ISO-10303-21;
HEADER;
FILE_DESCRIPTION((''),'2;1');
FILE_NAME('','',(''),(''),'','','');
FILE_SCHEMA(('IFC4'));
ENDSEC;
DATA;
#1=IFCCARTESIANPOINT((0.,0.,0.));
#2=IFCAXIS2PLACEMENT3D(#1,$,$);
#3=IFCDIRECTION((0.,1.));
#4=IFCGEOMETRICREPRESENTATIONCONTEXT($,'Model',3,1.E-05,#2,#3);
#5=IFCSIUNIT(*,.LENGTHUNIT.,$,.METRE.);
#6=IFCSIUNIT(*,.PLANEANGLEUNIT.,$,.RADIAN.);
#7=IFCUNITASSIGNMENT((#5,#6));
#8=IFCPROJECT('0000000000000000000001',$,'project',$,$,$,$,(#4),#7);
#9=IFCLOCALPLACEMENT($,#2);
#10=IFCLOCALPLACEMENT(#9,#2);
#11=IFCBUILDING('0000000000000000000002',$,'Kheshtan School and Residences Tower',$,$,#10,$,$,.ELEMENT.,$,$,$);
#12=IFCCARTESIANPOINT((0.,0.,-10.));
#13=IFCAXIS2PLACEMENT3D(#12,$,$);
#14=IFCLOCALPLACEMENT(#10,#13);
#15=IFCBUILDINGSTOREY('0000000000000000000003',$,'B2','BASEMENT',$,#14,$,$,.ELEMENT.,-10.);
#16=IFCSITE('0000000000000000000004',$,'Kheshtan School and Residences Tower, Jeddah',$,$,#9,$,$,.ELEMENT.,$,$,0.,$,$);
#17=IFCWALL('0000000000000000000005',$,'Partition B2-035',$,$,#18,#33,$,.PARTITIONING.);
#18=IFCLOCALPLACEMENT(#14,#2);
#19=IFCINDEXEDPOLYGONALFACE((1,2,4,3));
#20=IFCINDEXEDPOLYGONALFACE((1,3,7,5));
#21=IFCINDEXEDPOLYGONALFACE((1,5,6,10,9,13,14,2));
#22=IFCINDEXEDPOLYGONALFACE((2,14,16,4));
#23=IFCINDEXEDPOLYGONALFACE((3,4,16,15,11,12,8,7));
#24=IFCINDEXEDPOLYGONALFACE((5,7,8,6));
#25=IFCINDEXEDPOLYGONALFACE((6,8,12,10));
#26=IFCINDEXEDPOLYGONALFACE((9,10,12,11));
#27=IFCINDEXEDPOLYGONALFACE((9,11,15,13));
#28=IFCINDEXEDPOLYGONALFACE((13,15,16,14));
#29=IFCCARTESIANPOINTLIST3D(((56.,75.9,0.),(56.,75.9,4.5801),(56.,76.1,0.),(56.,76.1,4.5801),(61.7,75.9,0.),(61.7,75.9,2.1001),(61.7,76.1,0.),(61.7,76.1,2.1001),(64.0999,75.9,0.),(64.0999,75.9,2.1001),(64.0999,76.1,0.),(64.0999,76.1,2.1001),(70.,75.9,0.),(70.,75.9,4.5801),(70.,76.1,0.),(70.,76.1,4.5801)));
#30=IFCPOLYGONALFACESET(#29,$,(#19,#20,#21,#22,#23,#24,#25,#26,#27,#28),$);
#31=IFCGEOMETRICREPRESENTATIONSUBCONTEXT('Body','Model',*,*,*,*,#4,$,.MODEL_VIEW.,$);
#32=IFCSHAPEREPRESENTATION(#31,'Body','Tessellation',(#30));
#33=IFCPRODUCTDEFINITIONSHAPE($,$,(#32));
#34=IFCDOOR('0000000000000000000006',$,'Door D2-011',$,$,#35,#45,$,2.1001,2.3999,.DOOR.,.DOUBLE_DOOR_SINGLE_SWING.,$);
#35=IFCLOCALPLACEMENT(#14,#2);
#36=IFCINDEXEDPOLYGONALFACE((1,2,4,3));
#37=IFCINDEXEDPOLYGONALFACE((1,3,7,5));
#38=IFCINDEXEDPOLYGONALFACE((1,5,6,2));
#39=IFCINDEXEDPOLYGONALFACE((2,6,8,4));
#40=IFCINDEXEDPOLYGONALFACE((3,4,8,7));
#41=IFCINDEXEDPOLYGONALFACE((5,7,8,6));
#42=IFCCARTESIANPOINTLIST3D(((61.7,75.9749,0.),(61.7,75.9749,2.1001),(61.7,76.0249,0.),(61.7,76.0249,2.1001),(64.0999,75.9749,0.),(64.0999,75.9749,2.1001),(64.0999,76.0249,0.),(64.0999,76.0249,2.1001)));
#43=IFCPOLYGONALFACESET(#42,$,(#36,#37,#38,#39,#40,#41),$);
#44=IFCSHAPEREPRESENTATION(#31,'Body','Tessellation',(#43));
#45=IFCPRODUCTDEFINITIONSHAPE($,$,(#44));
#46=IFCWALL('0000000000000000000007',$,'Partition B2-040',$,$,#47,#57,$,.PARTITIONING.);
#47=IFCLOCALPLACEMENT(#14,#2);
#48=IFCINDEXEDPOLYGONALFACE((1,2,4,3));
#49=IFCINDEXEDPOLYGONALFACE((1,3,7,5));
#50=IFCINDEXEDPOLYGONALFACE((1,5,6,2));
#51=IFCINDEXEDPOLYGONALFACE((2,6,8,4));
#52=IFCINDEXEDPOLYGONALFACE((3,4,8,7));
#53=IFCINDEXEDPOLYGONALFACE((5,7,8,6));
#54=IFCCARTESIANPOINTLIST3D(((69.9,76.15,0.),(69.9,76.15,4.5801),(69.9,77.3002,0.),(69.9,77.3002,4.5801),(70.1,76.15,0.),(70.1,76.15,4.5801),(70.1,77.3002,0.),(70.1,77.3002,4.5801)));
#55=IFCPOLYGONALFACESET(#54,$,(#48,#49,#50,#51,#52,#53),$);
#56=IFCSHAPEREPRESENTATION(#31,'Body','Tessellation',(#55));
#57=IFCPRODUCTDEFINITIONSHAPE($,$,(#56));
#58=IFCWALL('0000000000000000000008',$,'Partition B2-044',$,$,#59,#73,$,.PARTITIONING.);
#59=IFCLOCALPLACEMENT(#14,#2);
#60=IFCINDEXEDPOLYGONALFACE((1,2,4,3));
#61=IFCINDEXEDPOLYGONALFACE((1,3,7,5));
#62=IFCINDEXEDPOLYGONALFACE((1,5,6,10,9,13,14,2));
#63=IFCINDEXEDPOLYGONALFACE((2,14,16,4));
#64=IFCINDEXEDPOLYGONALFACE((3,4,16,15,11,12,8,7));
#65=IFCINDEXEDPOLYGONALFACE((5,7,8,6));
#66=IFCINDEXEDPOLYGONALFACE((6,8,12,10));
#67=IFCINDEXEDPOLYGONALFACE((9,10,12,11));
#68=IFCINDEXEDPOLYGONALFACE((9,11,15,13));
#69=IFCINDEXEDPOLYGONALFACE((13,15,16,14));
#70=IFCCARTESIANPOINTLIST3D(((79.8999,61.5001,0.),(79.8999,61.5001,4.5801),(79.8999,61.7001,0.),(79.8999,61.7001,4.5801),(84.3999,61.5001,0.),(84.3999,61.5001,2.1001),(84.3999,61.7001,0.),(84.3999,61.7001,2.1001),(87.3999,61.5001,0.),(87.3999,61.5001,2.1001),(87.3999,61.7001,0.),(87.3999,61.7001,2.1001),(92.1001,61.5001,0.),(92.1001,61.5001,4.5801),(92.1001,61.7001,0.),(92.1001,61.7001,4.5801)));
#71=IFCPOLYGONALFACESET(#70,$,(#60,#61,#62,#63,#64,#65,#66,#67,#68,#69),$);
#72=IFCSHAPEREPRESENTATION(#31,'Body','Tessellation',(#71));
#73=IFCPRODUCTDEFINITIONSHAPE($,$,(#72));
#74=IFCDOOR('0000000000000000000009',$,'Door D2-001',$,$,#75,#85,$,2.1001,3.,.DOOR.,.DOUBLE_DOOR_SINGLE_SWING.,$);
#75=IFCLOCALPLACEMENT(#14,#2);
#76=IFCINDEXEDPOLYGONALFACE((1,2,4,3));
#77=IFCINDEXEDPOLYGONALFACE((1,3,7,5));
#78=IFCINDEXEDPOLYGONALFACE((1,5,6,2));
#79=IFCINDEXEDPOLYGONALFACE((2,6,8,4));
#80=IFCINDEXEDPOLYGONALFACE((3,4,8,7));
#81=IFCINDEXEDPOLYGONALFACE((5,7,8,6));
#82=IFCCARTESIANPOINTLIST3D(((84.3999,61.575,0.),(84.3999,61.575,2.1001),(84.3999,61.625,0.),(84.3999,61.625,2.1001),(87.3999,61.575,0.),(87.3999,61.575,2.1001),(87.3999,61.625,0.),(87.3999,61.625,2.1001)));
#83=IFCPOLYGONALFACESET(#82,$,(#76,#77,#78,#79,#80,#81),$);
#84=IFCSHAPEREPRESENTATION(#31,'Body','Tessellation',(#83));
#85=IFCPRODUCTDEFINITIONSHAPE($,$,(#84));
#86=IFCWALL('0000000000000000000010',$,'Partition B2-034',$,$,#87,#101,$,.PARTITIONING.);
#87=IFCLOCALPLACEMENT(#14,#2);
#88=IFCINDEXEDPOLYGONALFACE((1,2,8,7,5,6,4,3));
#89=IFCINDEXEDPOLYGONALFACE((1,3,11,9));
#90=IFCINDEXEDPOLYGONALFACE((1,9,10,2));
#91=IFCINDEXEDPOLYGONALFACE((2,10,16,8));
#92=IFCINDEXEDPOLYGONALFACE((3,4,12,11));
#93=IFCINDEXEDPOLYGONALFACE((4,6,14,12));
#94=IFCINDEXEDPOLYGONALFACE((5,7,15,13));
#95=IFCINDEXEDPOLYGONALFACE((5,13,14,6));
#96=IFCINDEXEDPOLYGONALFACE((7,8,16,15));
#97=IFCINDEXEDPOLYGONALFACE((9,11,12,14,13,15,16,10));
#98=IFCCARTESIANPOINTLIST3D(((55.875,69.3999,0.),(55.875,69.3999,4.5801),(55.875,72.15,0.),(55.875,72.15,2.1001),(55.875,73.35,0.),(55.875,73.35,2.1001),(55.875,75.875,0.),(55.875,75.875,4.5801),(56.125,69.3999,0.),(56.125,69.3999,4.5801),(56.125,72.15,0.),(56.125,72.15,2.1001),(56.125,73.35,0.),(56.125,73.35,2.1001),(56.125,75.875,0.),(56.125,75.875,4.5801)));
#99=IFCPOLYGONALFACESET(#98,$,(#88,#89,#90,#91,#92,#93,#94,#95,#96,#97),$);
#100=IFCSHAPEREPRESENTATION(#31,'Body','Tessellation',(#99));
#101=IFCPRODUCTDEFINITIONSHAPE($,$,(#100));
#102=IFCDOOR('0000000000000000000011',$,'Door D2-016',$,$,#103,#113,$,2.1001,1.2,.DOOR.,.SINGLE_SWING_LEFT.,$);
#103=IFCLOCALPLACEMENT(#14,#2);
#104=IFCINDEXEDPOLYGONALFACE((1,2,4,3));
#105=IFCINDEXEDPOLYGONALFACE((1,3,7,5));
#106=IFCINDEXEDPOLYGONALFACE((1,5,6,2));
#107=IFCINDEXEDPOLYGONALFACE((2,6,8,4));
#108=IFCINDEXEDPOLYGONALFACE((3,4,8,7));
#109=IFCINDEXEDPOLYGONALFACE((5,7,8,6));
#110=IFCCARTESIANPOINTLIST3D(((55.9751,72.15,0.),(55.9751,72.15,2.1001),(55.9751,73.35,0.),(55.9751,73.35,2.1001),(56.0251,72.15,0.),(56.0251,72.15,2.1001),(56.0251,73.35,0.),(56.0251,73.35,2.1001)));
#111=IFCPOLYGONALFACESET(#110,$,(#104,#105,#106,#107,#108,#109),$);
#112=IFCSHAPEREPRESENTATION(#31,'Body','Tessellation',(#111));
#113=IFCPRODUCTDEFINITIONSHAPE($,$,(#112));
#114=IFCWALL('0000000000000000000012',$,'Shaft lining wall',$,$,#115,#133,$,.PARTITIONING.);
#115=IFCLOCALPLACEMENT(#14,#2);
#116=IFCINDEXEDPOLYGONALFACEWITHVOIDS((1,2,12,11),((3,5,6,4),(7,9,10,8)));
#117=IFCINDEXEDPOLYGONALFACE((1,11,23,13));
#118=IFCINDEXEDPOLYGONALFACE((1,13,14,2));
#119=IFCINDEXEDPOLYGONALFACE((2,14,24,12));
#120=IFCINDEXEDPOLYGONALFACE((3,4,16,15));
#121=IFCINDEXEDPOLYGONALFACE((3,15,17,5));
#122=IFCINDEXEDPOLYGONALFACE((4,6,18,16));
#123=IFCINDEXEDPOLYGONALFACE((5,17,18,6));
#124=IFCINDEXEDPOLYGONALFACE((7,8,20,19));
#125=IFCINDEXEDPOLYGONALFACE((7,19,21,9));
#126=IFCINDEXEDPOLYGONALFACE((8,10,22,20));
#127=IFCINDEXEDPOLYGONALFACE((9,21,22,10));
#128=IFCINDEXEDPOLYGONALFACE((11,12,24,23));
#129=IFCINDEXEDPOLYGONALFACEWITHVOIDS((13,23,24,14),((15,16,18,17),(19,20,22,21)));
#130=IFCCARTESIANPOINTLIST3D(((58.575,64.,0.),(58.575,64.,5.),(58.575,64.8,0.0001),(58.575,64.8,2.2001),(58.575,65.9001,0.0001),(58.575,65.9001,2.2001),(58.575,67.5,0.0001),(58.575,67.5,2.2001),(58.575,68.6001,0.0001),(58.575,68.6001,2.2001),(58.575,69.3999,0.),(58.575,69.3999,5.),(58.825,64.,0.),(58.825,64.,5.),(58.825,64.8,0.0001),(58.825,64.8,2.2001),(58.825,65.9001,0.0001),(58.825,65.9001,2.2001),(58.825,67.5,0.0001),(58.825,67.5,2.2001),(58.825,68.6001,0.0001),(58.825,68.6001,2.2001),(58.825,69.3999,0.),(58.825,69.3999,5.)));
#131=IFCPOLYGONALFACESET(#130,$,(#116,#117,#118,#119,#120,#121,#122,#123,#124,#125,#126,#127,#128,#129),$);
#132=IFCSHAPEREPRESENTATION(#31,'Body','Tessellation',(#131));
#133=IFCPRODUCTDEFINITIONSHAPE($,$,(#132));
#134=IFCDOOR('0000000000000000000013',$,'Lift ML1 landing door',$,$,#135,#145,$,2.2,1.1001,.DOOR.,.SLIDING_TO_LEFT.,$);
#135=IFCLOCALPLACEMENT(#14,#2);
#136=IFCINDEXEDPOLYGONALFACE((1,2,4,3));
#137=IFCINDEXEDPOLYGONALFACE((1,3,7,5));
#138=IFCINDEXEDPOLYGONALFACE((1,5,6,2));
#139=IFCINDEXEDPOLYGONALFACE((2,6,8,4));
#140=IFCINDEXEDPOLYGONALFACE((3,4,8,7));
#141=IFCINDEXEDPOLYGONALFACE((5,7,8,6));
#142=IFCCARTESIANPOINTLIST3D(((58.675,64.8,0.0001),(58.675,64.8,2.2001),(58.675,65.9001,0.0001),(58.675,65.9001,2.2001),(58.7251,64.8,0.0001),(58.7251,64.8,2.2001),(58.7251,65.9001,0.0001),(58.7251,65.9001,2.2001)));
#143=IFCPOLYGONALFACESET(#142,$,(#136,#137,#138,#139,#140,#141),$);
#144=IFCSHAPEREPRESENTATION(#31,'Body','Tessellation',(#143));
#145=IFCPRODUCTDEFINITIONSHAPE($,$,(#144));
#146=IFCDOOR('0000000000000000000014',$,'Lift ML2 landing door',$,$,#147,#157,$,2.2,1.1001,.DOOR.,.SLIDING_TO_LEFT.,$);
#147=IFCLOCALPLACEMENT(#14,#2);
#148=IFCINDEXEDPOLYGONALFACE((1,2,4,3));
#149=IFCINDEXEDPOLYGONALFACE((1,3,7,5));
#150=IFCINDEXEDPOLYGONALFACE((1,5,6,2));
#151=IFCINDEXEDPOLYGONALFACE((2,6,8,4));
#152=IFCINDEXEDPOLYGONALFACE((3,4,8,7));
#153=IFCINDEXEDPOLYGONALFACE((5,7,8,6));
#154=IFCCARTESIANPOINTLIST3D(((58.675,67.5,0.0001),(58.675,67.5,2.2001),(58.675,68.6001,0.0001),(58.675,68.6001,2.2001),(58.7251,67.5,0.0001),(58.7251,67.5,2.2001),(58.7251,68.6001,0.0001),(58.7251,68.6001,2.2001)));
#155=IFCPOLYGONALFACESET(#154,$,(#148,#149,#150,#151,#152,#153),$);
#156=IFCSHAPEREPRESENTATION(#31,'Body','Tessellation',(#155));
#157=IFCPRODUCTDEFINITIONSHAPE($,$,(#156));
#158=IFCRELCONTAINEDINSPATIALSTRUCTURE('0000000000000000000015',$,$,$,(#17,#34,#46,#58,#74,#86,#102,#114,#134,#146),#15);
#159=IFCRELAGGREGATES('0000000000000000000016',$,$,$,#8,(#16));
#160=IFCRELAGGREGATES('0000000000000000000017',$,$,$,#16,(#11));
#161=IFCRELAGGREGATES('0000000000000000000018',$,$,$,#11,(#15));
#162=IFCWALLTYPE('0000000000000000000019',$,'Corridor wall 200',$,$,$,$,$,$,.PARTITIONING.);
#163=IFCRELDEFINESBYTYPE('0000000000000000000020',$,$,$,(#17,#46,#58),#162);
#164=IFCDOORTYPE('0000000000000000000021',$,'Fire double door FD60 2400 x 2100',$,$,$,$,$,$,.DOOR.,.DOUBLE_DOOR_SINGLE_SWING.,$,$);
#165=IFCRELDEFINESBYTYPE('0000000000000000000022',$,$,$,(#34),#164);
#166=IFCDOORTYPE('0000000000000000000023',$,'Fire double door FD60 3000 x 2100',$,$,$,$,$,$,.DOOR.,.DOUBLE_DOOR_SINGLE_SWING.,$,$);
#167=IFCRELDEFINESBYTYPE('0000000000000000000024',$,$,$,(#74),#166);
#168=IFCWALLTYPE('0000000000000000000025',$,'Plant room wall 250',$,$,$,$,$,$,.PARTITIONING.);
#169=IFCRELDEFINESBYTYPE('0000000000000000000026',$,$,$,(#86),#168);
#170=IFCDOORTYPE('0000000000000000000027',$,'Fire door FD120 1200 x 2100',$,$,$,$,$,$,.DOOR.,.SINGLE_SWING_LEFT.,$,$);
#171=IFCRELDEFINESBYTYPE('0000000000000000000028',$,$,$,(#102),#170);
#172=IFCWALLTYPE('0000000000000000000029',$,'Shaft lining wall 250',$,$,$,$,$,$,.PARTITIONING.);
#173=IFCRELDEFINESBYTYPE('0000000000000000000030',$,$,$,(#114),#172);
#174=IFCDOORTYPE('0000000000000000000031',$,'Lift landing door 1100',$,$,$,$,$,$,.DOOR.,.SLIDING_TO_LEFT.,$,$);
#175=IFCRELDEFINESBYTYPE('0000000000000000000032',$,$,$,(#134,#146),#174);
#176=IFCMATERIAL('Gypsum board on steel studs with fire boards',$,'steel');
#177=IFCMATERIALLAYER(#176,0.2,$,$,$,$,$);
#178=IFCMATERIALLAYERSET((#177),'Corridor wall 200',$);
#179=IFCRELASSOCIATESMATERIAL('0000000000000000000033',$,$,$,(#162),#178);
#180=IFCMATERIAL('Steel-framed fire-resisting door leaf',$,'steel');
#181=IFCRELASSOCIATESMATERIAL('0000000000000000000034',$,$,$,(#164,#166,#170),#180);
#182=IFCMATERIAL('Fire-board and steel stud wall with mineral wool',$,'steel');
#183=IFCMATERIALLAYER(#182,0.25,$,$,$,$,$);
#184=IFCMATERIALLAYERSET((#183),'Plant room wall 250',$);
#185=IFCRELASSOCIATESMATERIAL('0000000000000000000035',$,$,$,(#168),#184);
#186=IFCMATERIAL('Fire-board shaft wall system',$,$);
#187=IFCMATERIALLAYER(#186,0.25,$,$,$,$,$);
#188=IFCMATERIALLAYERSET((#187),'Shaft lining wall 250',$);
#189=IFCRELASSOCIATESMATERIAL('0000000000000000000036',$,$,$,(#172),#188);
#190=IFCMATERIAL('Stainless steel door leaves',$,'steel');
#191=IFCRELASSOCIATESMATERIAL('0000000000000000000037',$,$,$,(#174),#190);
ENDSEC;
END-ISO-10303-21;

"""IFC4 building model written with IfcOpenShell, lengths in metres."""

from ifc_helpers import new_model, si_unit, direction, frame, frame_2d, origin, place, context, subcontext, project, spatial, rectangle, extrude, source, transform, mapped, material, layer, layer_set, type_object, element, fill, save


model = new_model("IFC4")

# Units and contexts
model_context = context("Model", 3, precision=1e-05, world=origin(), true_north=direction((0.0, 1.0)))
body_context = subcontext(model_context, "Body", "Model", "MODEL_VIEW")
ifc_project = project(units=[si_unit("LENGTHUNIT", "METRE"), si_unit("PLANEANGLEUNIT", "RADIAN")], contexts=[model_context])

# Site, building, storey
site_placement = place(None, origin())
site = spatial("IfcSite", under=ifc_project, at=site_placement, Name="Kheshtan School and Residences Tower, Jeddah", CompositionType="ELEMENT", RefElevation=0.0)
building_placement = place(site_placement, origin())
building = spatial("IfcBuilding", under=site, at=building_placement, Name="Kheshtan School and Residences Tower", CompositionType="ELEMENT")
storey_placement = place(building_placement, frame((0.0, 0.0, -10.0)))
storey = spatial("IfcBuildingStorey", under=building, at=storey_placement, Name="B2", Description="BASEMENT", CompositionType="ELEMENT", Elevation=-10.0)

# Wall, opening, door
ifc_material_1 = material(Name="Gypsum board on steel studs with fire boards", Category="steel")
ifc_layer_1 = layer(ifc_material_1, 0.2)
ifc_layer_set_1 = layer_set([ifc_layer_1], Name="Corridor wall 200")
wall_type_1 = type_object("IfcWallType", Name="Corridor wall 200", PredefinedType="PARTITIONING", material=ifc_layer_set_1)
wall_1_placement = place(storey_placement, frame((56.0, 76.0, 0.0), z_axis=(0.0, 0.0, 1.0), x_axis=(1.0, 0.0, 0.0)))
wall_1 = element("IfcWall", 1, at=wall_1_placement, inside=storey, type_object=wall_type_1, Name="Partition B2-035", PredefinedType="PARTITIONING", context=body_context, shape_type="SweptSolid", body=[
    extrude(rectangle(XDim=14.0, YDim=0.2, at=frame_2d((7.0, 0.0))), origin(), (0.0, 0.0, 1.0), 4.5801),
])
opening_1_placement = place(wall_1_placement, frame((5.7, 0.0, 0.0)))
opening_1 = element("IfcOpeningElement", 2, at=opening_1_placement, cuts=wall_1, PredefinedType="OPENING", context=body_context, shape_type="SweptSolid", body=[
    extrude(rectangle(XDim=2.3999, YDim=2.1001, at=frame_2d((1.2, 1.05))), frame((0.0, 0.1099, 0.0), z_axis=(0.0, -1.0, 0.0), x_axis=(1.0, 0.0, 0.0)), (0.0, 0.0, 1.0), 0.22),
])
ifc_material_2 = material(Name="Steel-framed fire-resisting door leaf", Category="steel")
door_type_1 = type_object("IfcDoorType", Name="Fire double door FD60 2400 x 2100", OperationType="DOUBLE_DOOR_SINGLE_SWING", PredefinedType="DOOR", material=ifc_material_2)
shared_shape_1 = source(origin(), body_context, "Body", "SweptSolid", [
    extrude(rectangle(XDim=2.3999, YDim=2.1001, at=frame_2d((1.2, 1.05))), frame((0.0, 0.0249, 0.0), z_axis=(0.0, -1.0, 0.0), x_axis=(1.0, 0.0, 0.0)), (0.0, 0.0, 1.0), 0.05),
])
door_1_placement = place(opening_1_placement, origin())
door_1 = element("IfcDoor", 3, at=door_1_placement, inside=storey, type_object=door_type_1, Name="Door D2-011", OperationType="DOUBLE_DOOR_SINGLE_SWING", OverallHeight=2.1001, OverallWidth=2.3999, PredefinedType="DOOR", context=body_context, shape_type="MappedRepresentation", body=[
    mapped(shared_shape_1, transform((0.0, 0.0, 0.0), x_axis=(1.0, 0.0, 0.0), y_axis=(0.0, 1.0, 0.0), z_axis=(0.0, 0.0, 1.0), scale=1.0)),
])
fill(opening_1, door_1)

# Wall
wall_2_placement = place(storey_placement, frame((70.0, 76.1499, 0.0), z_axis=(0.0, 0.0, 1.0), x_axis=(0.0, 1.0, 0.0)))
element("IfcWall", 4, at=wall_2_placement, inside=storey, type_object=wall_type_1, Name="Partition B2-040", PredefinedType="PARTITIONING", context=body_context, shape_type="SweptSolid", body=[
    extrude(rectangle(XDim=1.1501, YDim=0.2, at=frame_2d((0.5752, 0.0))), origin(), (0.0, 0.0, 1.0), 4.5801),
])

# Walls, openings, doors
wall_3_placement = place(storey_placement, frame((79.8999, 61.6001, 0.0), z_axis=(0.0, 0.0, 1.0), x_axis=(1.0, 0.0, 0.0)))
wall_3 = element("IfcWall", 5, at=wall_3_placement, inside=storey, type_object=wall_type_1, Name="Partition B2-044", PredefinedType="PARTITIONING", context=body_context, shape_type="SweptSolid", body=[
    extrude(rectangle(XDim=12.2002, YDim=0.2, at=frame_2d((6.1001, 0.0))), origin(), (0.0, 0.0, 1.0), 4.5801),
])
opening_2_placement = place(wall_3_placement, frame((4.5, 0.0, 0.0)))
opening_2 = element("IfcOpeningElement", 6, at=opening_2_placement, cuts=wall_3, PredefinedType="OPENING", context=body_context, shape_type="SweptSolid", body=[
    extrude(rectangle(XDim=3.0, YDim=2.1001, at=frame_2d((1.5, 1.05))), frame((0.0, 0.1099, 0.0), z_axis=(0.0, -1.0, 0.0), x_axis=(1.0, 0.0, 0.0)), (0.0, 0.0, 1.0), 0.22),
])
door_type_2 = type_object("IfcDoorType", Name="Fire double door FD60 3000 x 2100", OperationType="DOUBLE_DOOR_SINGLE_SWING", PredefinedType="DOOR", material=ifc_material_2)
shared_shape_2 = source(origin(), body_context, "Body", "SweptSolid", [
    extrude(rectangle(XDim=3.0, YDim=2.1001, at=frame_2d((1.5, 1.05))), frame((0.0, 0.0249, 0.0), z_axis=(0.0, -1.0, 0.0), x_axis=(1.0, 0.0, 0.0)), (0.0, 0.0, 1.0), 0.05),
])
door_2_placement = place(opening_2_placement, origin())
door_2 = element("IfcDoor", 7, at=door_2_placement, inside=storey, type_object=door_type_2, Name="Door D2-001", OperationType="DOUBLE_DOOR_SINGLE_SWING", OverallHeight=2.1001, OverallWidth=3.0, PredefinedType="DOOR", context=body_context, shape_type="MappedRepresentation", body=[
    mapped(shared_shape_2, transform((0.0, 0.0, 0.0), x_axis=(1.0, 0.0, 0.0), y_axis=(0.0, 1.0, 0.0), z_axis=(0.0, 0.0, 1.0), scale=1.0)),
])
fill(opening_2, door_2)
ifc_material_3 = material(Name="Fire-board and steel stud wall with mineral wool", Category="steel")
ifc_layer_2 = layer(ifc_material_3, 0.25)
ifc_layer_set_2 = layer_set([ifc_layer_2], Name="Plant room wall 250")
wall_type_2 = type_object("IfcWallType", Name="Plant room wall 250", PredefinedType="PARTITIONING", material=ifc_layer_set_2)
wall_4_placement = place(storey_placement, frame((56.0, 69.3999, 0.0), z_axis=(0.0, 0.0, 1.0), x_axis=(0.0, 1.0, 0.0)))
wall_4 = element("IfcWall", 8, at=wall_4_placement, inside=storey, type_object=wall_type_2, Name="Partition B2-034", PredefinedType="PARTITIONING", context=body_context, shape_type="SweptSolid", body=[
    extrude(rectangle(XDim=6.4751, YDim=0.25, at=frame_2d((3.2375, 0.0))), origin(), (0.0, 0.0, 1.0), 4.5801),
])
opening_3_placement = place(wall_4_placement, frame((2.75, 0.0, 0.0)))
opening_3 = element("IfcOpeningElement", 9, at=opening_3_placement, cuts=wall_4, PredefinedType="OPENING", context=body_context, shape_type="SweptSolid", body=[
    extrude(rectangle(XDim=1.2, YDim=2.1001, at=frame_2d((0.6001, 1.05))), frame((0.0, 0.135, 0.0), z_axis=(0.0, -1.0, 0.0), x_axis=(1.0, 0.0, 0.0)), (0.0, 0.0, 1.0), 0.27),
])
door_type_3 = type_object("IfcDoorType", Name="Fire door FD120 1200 x 2100", OperationType="SINGLE_SWING_LEFT", PredefinedType="DOOR", material=ifc_material_2)
shared_shape_3 = source(origin(), body_context, "Body", "SweptSolid", [
    extrude(rectangle(XDim=1.2, YDim=2.1001, at=frame_2d((0.6001, 1.05))), frame((0.0, 0.0249, 0.0), z_axis=(0.0, -1.0, 0.0), x_axis=(1.0, 0.0, 0.0)), (0.0, 0.0, 1.0), 0.05),
])
door_3_placement = place(opening_3_placement, origin())
door_3 = element("IfcDoor", 10, at=door_3_placement, inside=storey, type_object=door_type_3, Name="Door D2-016", OperationType="SINGLE_SWING_LEFT", OverallHeight=2.1001, OverallWidth=1.2, PredefinedType="DOOR", context=body_context, shape_type="MappedRepresentation", body=[
    mapped(shared_shape_3, transform((0.0, 0.0, 0.0), x_axis=(1.0, 0.0, 0.0), y_axis=(0.0, 1.0, 0.0), z_axis=(0.0, 0.0, 1.0), scale=1.0)),
])
fill(opening_3, door_3)

# Wall, openings, doors
ifc_material_4 = material(Name="Fire-board shaft wall system")
ifc_layer_3 = layer(ifc_material_4, 0.25)
ifc_layer_set_3 = layer_set([ifc_layer_3], Name="Shaft lining wall 250")
wall_type_3 = type_object("IfcWallType", Name="Shaft lining wall 250", PredefinedType="PARTITIONING", material=ifc_layer_set_3)
wall_5_placement = place(storey_placement, frame((58.7, 64.0, 0.0), z_axis=(0.0, 0.0, 1.0), x_axis=(0.0, 1.0, 0.0)))
wall_5 = element("IfcWall", 11, at=wall_5_placement, inside=storey, type_object=wall_type_3, Name="Shaft lining wall", PredefinedType="PARTITIONING", context=body_context, shape_type="SweptSolid", body=[
    extrude(rectangle(XDim=5.3999, YDim=0.25, at=frame_2d((2.7, 0.0))), origin(), (0.0, 0.0, 1.0), 5.0),
])
opening_4_placement = place(wall_5_placement, frame((0.8, 0.0, 0.0)))
opening_4 = element("IfcOpeningElement", 12, at=opening_4_placement, cuts=wall_5, PredefinedType="OPENING", context=body_context, shape_type="SweptSolid", body=[
    extrude(rectangle(XDim=1.1001, YDim=2.2, at=frame_2d((0.55, 1.1001))), frame((0.0, 0.135, 0.0), z_axis=(0.0, -1.0, 0.0), x_axis=(1.0, 0.0, 0.0)), (0.0, 0.0, 1.0), 0.27),
])
opening_5_placement = place(wall_5_placement, frame((3.5, 0.0, 0.0)))
opening_5 = element("IfcOpeningElement", 13, at=opening_5_placement, cuts=wall_5, PredefinedType="OPENING", context=body_context, shape_type="SweptSolid", body=[
    extrude(rectangle(XDim=1.1001, YDim=2.2, at=frame_2d((0.55, 1.1001))), frame((0.0, 0.135, 0.0), z_axis=(0.0, -1.0, 0.0), x_axis=(1.0, 0.0, 0.0)), (0.0, 0.0, 1.0), 0.27),
])
ifc_material_5 = material(Name="Stainless steel door leaves", Category="steel")
door_type_4 = type_object("IfcDoorType", Name="Lift landing door 1100", OperationType="SLIDING_TO_LEFT", PredefinedType="DOOR", material=ifc_material_5)
shared_shape_4 = source(origin(), body_context, "Body", "SweptSolid", [
    extrude(rectangle(XDim=1.1001, YDim=2.2, at=frame_2d((0.55, 1.1001))), frame((0.0, 0.0249, 0.0), z_axis=(0.0, -1.0, 0.0), x_axis=(1.0, 0.0, 0.0)), (0.0, 0.0, 1.0), 0.05),
])
door_4_placement = place(opening_4_placement, origin())
door_4 = element("IfcDoor", 14, at=door_4_placement, inside=storey, type_object=door_type_4, Name="Lift ML1 landing door", OperationType="SLIDING_TO_LEFT", OverallHeight=2.2, OverallWidth=1.1001, PredefinedType="DOOR", context=body_context, shape_type="MappedRepresentation", body=[
    mapped(shared_shape_4, transform((0.0, 0.0, 0.0), x_axis=(1.0, 0.0, 0.0), y_axis=(0.0, 1.0, 0.0), z_axis=(0.0, 0.0, 1.0), scale=1.0)),
])
fill(opening_4, door_4)
door_5_placement = place(opening_5_placement, origin())
door_5 = element("IfcDoor", 15, at=door_5_placement, inside=storey, type_object=door_type_4, Name="Lift ML2 landing door", OperationType="SLIDING_TO_LEFT", OverallHeight=2.2, OverallWidth=1.1001, PredefinedType="DOOR", context=body_context, shape_type="MappedRepresentation", body=[
    mapped(shared_shape_4, transform((0.0, 0.0, 0.0), x_axis=(1.0, 0.0, 0.0), y_axis=(0.0, 1.0, 0.0), z_axis=(0.0, 0.0, 1.0), scale=1.0)),
])
fill(opening_5, door_5)

save(model, "model.ifc")
